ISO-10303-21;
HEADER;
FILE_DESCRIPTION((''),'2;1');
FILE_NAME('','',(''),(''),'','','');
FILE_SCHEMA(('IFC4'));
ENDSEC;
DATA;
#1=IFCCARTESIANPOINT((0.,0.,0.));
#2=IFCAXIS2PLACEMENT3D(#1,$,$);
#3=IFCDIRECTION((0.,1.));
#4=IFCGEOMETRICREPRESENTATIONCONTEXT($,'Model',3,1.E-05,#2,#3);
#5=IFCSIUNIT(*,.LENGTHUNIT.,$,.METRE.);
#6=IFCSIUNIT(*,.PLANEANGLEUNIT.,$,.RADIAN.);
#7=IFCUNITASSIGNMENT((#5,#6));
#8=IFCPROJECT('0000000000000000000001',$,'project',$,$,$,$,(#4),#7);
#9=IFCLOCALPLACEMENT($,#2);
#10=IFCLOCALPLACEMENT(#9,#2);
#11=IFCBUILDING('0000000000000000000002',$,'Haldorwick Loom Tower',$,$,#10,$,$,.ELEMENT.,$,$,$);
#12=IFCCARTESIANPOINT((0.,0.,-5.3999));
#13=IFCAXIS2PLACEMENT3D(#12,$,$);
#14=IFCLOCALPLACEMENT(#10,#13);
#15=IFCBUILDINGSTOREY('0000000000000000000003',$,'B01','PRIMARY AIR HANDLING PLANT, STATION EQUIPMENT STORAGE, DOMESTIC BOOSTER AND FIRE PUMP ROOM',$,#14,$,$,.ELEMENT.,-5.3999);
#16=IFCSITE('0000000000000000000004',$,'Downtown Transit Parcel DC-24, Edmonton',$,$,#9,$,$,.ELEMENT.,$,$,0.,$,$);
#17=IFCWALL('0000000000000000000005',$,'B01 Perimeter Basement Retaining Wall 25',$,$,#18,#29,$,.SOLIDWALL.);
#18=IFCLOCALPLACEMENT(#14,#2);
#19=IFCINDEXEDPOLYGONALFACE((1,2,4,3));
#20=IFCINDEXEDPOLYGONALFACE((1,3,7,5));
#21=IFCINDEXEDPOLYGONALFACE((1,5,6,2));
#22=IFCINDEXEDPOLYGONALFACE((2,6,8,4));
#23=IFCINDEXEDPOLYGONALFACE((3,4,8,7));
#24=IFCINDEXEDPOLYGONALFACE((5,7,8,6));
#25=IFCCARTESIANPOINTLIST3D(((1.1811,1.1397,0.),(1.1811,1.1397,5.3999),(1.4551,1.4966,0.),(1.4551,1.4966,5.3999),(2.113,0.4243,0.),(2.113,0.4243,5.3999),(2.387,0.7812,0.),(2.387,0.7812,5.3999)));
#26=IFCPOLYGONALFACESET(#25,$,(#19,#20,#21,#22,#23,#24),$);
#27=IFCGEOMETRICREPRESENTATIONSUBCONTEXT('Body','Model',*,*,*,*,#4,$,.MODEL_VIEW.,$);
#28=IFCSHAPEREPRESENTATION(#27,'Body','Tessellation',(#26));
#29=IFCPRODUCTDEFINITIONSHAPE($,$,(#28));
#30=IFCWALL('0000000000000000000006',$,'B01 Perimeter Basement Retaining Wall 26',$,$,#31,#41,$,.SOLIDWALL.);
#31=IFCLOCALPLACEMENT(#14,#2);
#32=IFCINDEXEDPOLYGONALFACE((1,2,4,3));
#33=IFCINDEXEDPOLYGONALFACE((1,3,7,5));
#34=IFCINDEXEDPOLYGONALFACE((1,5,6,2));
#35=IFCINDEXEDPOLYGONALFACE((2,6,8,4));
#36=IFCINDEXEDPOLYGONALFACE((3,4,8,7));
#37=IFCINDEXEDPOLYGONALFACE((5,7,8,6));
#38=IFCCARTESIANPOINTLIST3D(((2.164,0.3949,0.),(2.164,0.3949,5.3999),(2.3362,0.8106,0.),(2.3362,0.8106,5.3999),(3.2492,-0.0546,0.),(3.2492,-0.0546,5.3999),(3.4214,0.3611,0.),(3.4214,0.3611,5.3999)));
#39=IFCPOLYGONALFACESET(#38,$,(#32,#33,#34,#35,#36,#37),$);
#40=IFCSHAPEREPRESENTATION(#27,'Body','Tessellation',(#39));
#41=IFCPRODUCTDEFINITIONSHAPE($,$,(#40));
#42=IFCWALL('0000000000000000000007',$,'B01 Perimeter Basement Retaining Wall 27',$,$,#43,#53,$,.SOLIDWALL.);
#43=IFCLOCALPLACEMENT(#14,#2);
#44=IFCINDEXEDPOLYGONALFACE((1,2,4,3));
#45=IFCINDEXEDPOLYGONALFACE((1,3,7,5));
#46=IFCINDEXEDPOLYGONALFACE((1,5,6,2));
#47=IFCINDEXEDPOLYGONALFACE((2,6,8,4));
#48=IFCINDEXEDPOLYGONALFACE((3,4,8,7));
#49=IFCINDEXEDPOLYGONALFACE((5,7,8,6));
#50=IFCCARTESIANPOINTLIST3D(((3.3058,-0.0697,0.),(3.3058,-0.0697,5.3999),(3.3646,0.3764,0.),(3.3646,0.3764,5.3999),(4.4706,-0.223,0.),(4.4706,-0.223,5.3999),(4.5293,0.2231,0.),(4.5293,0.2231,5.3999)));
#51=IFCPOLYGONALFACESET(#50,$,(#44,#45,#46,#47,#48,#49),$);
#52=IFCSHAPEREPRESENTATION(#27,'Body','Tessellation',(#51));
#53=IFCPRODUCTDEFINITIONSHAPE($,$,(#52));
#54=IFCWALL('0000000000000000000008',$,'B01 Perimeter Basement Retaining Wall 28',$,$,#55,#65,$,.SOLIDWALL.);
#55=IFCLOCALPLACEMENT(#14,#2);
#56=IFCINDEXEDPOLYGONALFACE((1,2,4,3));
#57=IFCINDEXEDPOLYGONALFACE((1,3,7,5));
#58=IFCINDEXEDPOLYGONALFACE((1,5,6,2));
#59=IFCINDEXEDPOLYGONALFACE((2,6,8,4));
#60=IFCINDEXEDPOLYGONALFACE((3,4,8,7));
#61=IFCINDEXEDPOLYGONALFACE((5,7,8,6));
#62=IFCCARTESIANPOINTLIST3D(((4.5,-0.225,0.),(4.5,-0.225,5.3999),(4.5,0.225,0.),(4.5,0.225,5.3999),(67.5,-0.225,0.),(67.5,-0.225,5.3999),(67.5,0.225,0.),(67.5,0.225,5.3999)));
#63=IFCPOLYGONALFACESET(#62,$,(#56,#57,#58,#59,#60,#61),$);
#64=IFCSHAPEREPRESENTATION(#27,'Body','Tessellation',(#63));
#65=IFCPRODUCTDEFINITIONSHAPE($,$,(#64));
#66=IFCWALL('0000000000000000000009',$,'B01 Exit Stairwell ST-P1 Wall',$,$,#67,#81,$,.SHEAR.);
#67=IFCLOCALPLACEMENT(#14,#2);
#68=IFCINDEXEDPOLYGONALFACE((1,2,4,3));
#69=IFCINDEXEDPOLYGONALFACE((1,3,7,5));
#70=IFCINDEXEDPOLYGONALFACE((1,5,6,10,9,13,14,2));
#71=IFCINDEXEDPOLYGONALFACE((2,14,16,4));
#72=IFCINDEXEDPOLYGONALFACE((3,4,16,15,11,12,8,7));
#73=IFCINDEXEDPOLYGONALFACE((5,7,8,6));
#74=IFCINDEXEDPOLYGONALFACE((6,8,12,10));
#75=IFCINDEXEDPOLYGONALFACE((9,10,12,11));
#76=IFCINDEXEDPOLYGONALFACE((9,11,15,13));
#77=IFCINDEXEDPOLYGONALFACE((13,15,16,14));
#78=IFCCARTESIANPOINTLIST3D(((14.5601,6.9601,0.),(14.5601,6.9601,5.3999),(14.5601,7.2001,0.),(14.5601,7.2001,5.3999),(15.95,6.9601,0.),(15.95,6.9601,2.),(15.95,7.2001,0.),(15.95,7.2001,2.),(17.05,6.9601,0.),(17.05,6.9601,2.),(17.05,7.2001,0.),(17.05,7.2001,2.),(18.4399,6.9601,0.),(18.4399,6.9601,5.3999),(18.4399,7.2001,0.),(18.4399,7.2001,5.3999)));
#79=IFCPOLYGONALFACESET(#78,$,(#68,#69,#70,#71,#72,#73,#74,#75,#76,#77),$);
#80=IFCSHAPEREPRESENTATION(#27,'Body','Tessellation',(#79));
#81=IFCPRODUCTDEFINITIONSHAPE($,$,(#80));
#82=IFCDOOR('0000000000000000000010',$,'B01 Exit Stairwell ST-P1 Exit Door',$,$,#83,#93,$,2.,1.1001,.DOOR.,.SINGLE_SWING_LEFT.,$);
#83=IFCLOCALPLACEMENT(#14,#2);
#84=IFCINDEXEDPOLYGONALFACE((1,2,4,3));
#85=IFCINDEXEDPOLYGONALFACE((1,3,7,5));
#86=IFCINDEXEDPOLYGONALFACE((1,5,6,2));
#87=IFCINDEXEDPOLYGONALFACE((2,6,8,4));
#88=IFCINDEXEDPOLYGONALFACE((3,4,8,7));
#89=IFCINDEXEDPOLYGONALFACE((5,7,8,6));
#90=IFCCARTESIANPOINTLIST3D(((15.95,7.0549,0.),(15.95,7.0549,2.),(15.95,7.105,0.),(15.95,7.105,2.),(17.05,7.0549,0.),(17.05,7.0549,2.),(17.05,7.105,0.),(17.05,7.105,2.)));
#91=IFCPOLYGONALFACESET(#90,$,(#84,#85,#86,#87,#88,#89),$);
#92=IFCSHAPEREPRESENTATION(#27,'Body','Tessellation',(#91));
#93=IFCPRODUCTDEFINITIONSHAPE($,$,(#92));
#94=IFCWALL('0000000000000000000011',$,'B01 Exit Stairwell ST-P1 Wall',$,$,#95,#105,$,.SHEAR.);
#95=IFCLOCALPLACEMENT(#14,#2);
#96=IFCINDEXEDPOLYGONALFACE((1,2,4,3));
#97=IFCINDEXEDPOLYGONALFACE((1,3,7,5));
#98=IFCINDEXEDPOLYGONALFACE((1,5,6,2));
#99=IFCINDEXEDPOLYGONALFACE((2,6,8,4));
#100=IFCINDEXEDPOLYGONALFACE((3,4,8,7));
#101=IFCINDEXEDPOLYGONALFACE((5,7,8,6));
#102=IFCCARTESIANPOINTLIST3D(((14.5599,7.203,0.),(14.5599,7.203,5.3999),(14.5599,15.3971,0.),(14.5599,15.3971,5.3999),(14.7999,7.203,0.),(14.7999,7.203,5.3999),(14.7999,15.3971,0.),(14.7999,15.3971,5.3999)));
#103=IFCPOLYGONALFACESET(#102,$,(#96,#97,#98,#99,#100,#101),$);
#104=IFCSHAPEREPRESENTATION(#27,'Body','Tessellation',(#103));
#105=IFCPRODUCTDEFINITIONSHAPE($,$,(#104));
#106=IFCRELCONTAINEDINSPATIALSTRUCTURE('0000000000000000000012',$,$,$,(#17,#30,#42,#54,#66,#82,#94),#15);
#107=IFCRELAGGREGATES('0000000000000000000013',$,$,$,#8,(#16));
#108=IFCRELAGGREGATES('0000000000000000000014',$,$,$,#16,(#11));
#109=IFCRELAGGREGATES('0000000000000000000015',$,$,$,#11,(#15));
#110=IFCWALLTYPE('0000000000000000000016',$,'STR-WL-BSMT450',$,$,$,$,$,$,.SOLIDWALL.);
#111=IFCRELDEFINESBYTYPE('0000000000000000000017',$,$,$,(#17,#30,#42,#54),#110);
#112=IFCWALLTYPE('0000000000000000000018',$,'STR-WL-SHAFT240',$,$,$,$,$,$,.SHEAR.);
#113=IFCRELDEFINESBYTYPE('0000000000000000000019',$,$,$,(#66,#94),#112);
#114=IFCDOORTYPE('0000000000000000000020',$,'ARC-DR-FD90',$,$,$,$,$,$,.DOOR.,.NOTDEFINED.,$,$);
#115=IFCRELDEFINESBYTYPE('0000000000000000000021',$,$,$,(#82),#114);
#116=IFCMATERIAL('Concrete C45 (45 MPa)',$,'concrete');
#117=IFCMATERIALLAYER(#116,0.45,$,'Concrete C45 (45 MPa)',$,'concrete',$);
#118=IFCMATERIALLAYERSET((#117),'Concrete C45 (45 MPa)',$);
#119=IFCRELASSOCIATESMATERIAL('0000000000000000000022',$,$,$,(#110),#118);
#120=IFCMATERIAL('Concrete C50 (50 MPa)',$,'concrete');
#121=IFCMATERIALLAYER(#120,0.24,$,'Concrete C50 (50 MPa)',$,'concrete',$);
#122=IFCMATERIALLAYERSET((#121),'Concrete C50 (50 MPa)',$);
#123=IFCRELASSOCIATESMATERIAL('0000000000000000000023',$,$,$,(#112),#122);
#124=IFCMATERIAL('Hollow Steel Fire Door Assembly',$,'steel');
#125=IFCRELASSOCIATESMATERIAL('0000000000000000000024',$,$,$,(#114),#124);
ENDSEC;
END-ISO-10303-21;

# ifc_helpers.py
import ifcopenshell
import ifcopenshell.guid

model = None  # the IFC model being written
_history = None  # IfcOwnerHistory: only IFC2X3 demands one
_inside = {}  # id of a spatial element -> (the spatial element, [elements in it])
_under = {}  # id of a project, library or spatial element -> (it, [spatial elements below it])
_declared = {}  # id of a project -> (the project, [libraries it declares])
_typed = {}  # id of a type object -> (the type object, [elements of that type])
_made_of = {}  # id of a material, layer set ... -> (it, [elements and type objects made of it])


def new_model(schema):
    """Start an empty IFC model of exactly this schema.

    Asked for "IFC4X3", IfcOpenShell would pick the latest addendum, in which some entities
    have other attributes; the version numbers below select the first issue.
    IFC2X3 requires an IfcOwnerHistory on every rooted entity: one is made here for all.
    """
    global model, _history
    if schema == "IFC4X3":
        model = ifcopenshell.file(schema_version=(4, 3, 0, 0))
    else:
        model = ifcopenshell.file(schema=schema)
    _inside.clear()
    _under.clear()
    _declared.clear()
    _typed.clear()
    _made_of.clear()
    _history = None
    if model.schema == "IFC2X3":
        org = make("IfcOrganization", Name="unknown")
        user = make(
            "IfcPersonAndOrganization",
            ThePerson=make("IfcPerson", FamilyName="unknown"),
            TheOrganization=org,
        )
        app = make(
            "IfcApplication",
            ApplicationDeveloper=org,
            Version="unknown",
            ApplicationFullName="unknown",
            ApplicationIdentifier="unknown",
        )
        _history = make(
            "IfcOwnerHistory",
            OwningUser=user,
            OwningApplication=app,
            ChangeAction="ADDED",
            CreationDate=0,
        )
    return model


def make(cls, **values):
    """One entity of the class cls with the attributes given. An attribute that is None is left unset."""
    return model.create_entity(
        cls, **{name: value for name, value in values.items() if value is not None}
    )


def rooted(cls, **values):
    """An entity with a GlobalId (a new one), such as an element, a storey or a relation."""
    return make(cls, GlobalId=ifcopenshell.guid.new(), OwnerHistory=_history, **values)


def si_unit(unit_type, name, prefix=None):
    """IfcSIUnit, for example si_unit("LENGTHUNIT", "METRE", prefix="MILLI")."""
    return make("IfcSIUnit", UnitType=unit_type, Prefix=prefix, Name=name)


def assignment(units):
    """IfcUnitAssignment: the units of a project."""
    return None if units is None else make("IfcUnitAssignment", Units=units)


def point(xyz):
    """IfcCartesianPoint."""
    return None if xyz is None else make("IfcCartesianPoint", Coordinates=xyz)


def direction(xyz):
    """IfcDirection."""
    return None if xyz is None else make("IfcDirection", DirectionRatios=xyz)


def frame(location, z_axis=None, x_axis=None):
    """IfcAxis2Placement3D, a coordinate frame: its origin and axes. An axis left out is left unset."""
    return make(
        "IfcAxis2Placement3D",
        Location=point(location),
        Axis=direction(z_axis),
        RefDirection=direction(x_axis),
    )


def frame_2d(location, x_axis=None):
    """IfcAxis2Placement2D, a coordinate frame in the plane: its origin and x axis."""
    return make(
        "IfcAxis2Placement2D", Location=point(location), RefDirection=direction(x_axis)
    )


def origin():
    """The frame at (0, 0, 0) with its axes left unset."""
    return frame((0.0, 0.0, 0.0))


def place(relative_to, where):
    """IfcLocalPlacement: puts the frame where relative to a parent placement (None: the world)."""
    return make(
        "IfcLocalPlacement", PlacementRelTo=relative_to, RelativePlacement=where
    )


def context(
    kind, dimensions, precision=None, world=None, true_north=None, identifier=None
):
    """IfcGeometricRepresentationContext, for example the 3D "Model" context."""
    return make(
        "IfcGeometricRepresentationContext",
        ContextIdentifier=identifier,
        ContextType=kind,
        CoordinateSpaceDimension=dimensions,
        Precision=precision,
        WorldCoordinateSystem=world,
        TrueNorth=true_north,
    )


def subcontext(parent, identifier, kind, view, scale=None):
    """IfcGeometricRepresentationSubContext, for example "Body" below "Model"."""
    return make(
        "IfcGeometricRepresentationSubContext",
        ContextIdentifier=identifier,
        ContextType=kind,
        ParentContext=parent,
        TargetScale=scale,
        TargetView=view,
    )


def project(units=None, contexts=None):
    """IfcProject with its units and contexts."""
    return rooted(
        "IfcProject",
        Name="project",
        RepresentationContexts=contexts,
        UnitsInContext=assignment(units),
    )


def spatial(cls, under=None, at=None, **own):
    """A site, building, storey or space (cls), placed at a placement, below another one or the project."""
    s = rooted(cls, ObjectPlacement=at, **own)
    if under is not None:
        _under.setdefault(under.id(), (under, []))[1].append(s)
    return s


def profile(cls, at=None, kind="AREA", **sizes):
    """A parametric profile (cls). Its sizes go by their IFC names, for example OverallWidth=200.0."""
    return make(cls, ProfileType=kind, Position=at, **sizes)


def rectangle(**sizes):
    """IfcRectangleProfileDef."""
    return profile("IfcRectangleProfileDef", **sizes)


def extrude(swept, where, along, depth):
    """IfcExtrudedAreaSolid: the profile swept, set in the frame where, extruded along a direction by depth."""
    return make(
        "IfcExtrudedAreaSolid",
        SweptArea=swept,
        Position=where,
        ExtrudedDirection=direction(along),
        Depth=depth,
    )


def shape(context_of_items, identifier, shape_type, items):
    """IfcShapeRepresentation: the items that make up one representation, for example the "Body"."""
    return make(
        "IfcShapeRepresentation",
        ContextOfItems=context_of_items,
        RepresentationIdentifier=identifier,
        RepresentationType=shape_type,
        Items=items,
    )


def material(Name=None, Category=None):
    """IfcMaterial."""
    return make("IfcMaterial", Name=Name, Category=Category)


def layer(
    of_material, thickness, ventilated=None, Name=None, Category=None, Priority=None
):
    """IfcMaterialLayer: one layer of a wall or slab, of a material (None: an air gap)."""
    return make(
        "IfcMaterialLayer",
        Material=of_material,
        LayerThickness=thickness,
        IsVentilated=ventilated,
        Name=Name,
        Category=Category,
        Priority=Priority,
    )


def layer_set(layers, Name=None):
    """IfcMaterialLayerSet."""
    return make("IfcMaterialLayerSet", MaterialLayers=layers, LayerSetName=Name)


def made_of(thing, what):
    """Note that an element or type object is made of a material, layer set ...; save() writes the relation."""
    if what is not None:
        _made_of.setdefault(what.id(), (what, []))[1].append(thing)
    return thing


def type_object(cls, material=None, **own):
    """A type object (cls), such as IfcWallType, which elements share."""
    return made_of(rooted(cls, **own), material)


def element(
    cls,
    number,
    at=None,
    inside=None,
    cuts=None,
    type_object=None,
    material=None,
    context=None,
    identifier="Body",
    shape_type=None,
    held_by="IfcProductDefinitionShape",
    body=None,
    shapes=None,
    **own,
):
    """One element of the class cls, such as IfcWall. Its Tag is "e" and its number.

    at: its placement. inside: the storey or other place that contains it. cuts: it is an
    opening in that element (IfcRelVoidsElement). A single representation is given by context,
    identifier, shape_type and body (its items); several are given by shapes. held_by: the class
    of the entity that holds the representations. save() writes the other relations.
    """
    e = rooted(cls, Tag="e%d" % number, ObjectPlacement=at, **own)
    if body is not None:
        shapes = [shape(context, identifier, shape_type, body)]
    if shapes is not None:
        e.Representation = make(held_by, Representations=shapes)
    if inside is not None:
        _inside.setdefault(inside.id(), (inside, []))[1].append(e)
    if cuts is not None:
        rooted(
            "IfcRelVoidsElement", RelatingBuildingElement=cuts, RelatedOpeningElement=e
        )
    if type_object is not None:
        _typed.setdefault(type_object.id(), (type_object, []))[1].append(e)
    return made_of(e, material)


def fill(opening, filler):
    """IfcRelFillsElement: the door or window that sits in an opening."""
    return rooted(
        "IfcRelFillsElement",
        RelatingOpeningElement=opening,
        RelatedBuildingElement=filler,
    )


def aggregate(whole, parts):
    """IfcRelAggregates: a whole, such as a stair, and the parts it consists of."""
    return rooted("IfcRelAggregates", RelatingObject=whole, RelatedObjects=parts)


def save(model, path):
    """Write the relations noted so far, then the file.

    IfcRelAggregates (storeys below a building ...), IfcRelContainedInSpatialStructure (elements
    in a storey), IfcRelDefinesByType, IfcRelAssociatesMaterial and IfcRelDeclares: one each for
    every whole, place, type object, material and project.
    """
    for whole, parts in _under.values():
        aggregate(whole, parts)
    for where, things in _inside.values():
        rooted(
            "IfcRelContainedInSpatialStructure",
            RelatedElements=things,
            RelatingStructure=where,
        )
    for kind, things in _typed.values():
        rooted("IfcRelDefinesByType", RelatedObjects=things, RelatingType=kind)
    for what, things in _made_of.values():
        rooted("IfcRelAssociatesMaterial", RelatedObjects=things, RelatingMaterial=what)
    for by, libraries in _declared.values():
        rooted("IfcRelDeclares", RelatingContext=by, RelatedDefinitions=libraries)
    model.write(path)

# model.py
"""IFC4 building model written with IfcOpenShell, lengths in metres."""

from ifc_helpers import new_model, si_unit, direction, frame, frame_2d, origin, place, context, subcontext, project, spatial, rectangle, extrude, material, layer, layer_set, type_object, element, fill, save


model = new_model("IFC4")

# Units and contexts
model_context = context("Model", 3, precision=1e-05, world=origin(), true_north=direction((0.0, 1.0)))
body_context = subcontext(model_context, "Body", "Model", "MODEL_VIEW")
ifc_project = project(units=[si_unit("LENGTHUNIT", "METRE"), si_unit("PLANEANGLEUNIT", "RADIAN")], contexts=[model_context])

# Site, building, storey
site_placement = place(None, origin())
site = spatial("IfcSite", under=ifc_project, at=site_placement, Name="Downtown Transit Parcel DC-24, Edmonton", CompositionType="ELEMENT", RefElevation=0.0)
building_placement = place(site_placement, origin())
building = spatial("IfcBuilding", under=site, at=building_placement, Name="Haldorwick Loom Tower", CompositionType="ELEMENT")
storey_placement = place(building_placement, frame((0.0, 0.0, -5.3999)))
storey = spatial("IfcBuildingStorey", under=building, at=storey_placement, Name="B01", Description="PRIMARY AIR HANDLING PLANT, STATION EQUIPMENT STORAGE, DOMESTIC BOOSTER AND FIRE PUMP ROOM", CompositionType="ELEMENT", Elevation=-5.3999)

# Shared definitions
ifc_material_1 = material(Name="Concrete C50 (50 MPa)", Category="concrete")
ifc_material_2 = material(Name="Concrete C45 (45 MPa)", Category="concrete")

# Walls
ifc_layer_1 = layer(ifc_material_2, 0.45, Name="Concrete C45 (45 MPa)", Category="concrete")
ifc_layer_set_1 = layer_set([ifc_layer_1], Name="Concrete C45 (45 MPa)")
wall_type_1 = type_object("IfcWallType", Name="STR-WL-BSMT450", PredefinedType="SOLIDWALL", material=ifc_layer_set_1)
for number, where, z_axis, x_axis, name in (
    (1, (1.3181, 1.3181, 0.0), (0.0, 0.0, 1.0), (0.793242, -0.608907, 0.0), "B01 Perimeter Basement Retaining Wall 25"),
):
    element("IfcWall", number, at=place(storey_placement, frame(where, z_axis=z_axis, x_axis=x_axis)), inside=storey, type_object=wall_type_1, Name=name, PredefinedType="SOLIDWALL", context=body_context, shape_type="SweptSolid", body=[
        extrude(rectangle(XDim=1.1748, YDim=0.45, at=frame_2d((0.5874, 0.0))), origin(), (0.0, 0.0, 1.0), 5.3999),
    ])
wall_1_placement = place(storey_placement, frame((2.25, 0.6028, 0.0), z_axis=(0.0, 0.0, 1.0), x_axis=(0.923893, -0.382652, 0.0)))
element("IfcWall", 2, at=wall_1_placement, inside=storey, type_object=wall_type_1, Name="B01 Perimeter Basement Retaining Wall 26", PredefinedType="SOLIDWALL", context=body_context, shape_type="SweptSolid", body=[
    extrude(rectangle(XDim=1.1746, YDim=0.45, at=frame_2d((0.5874, 0.0))), origin(), (0.0, 0.0, 1.0), 5.3999),
])
wall_2_placement = place(storey_placement, frame((3.3352, 0.1533, 0.0), z_axis=(0.0, 0.0, 1.0), x_axis=(0.991448, -0.130503, 0.0)))
element("IfcWall", 3, at=wall_2_placement, inside=storey, type_object=wall_type_1, Name="B01 Perimeter Basement Retaining Wall 27", PredefinedType="SOLIDWALL", context=body_context, shape_type="SweptSolid", body=[
    extrude(rectangle(XDim=1.1748, YDim=0.45, at=frame_2d((0.5874, 0.0))), origin(), (0.0, 0.0, 1.0), 5.3999),
])
wall_3_placement = place(storey_placement, frame((4.5, 0.0, 0.0), z_axis=(0.0, 0.0, 1.0), x_axis=(1.0, 0.0, 0.0)))
element("IfcWall", 4, at=wall_3_placement, inside=storey, type_object=wall_type_1, Name="B01 Perimeter Basement Retaining Wall 28", PredefinedType="SOLIDWALL", context=body_context, shape_type="SweptSolid", body=[
    extrude(rectangle(XDim=63.0, YDim=0.45, at=frame_2d((31.5, 0.0))), origin(), (0.0, 0.0, 1.0), 5.3999),
])

# Wall, opening, door
ifc_layer_2 = layer(ifc_material_1, 0.24, Name="Concrete C50 (50 MPa)", Category="concrete")
ifc_layer_set_2 = layer_set([ifc_layer_2], Name="Concrete C50 (50 MPa)")
wall_type_2 = type_object("IfcWallType", Name="STR-WL-SHAFT240", PredefinedType="SHEAR", material=ifc_layer_set_2)
wall_4_placement = place(storey_placement, frame((14.5601, 7.0801, 0.0), z_axis=(0.0, 0.0, 1.0), x_axis=(1.0, 0.0, 0.0)))
wall_4 = element("IfcWall", 5, at=wall_4_placement, inside=storey, type_object=wall_type_2, Name="B01 Exit Stairwell ST-P1 Wall", PredefinedType="SHEAR", context=body_context, shape_type="SweptSolid", body=[
    extrude(rectangle(XDim=3.8799, YDim=0.24, at=frame_2d((1.9399, 0.0))), origin(), (0.0, 0.0, 1.0), 5.3999),
])
opening_placement = place(wall_4_placement, frame((1.3899, 0.0, 0.0)))
opening = element("IfcOpeningElement", 6, at=opening_placement, cuts=wall_4, PredefinedType="OPENING", context=body_context, shape_type="SweptSolid", body=[
    extrude(rectangle(XDim=1.1001, YDim=2.0, at=frame_2d((0.55, 1.0))), frame((0.0, 0.1299, 0.0), z_axis=(0.0, -1.0, 0.0), x_axis=(1.0, 0.0, 0.0)), (0.0, 0.0, 1.0), 0.26),
])
ifc_material_3 = material(Name="Hollow Steel Fire Door Assembly", Category="steel")
door_type = type_object("IfcDoorType", Name="ARC-DR-FD90", OperationType="NOTDEFINED", PredefinedType="DOOR", material=ifc_material_3)
door_placement = place(opening_placement, origin())
door = element("IfcDoor", 7, at=door_placement, inside=storey, type_object=door_type, Name="B01 Exit Stairwell ST-P1 Exit Door", OperationType="SINGLE_SWING_LEFT", OverallHeight=2.0, OverallWidth=1.1001, PredefinedType="DOOR", context=body_context, shape_type="SweptSolid", body=[
    extrude(rectangle(XDim=1.1001, YDim=2.0, at=frame_2d((0.55, 1.0))), frame((0.0, 0.0249, 0.0), z_axis=(0.0, -1.0, 0.0), x_axis=(1.0, 0.0, 0.0)), (0.0, 0.0, 1.0), 0.05),
])
fill(opening, door)

# Wall
wall_5_placement = place(storey_placement, frame((14.6799, 7.2029, 0.0), z_axis=(0.0, 0.0, 1.0), x_axis=(0.0, 1.0, 0.0)))
element("IfcWall", 8, at=wall_5_placement, inside=storey, type_object=wall_type_2, Name="B01 Exit Stairwell ST-P1 Wall", PredefinedType="SHEAR", context=body_context, shape_type="SweptSolid", body=[
    extrude(rectangle(XDim=8.1941, YDim=0.24, at=frame_2d((4.0972, 0.0))), origin(), (0.0, 0.0, 1.0), 5.3999),
])

save(model, "model.ifc")
